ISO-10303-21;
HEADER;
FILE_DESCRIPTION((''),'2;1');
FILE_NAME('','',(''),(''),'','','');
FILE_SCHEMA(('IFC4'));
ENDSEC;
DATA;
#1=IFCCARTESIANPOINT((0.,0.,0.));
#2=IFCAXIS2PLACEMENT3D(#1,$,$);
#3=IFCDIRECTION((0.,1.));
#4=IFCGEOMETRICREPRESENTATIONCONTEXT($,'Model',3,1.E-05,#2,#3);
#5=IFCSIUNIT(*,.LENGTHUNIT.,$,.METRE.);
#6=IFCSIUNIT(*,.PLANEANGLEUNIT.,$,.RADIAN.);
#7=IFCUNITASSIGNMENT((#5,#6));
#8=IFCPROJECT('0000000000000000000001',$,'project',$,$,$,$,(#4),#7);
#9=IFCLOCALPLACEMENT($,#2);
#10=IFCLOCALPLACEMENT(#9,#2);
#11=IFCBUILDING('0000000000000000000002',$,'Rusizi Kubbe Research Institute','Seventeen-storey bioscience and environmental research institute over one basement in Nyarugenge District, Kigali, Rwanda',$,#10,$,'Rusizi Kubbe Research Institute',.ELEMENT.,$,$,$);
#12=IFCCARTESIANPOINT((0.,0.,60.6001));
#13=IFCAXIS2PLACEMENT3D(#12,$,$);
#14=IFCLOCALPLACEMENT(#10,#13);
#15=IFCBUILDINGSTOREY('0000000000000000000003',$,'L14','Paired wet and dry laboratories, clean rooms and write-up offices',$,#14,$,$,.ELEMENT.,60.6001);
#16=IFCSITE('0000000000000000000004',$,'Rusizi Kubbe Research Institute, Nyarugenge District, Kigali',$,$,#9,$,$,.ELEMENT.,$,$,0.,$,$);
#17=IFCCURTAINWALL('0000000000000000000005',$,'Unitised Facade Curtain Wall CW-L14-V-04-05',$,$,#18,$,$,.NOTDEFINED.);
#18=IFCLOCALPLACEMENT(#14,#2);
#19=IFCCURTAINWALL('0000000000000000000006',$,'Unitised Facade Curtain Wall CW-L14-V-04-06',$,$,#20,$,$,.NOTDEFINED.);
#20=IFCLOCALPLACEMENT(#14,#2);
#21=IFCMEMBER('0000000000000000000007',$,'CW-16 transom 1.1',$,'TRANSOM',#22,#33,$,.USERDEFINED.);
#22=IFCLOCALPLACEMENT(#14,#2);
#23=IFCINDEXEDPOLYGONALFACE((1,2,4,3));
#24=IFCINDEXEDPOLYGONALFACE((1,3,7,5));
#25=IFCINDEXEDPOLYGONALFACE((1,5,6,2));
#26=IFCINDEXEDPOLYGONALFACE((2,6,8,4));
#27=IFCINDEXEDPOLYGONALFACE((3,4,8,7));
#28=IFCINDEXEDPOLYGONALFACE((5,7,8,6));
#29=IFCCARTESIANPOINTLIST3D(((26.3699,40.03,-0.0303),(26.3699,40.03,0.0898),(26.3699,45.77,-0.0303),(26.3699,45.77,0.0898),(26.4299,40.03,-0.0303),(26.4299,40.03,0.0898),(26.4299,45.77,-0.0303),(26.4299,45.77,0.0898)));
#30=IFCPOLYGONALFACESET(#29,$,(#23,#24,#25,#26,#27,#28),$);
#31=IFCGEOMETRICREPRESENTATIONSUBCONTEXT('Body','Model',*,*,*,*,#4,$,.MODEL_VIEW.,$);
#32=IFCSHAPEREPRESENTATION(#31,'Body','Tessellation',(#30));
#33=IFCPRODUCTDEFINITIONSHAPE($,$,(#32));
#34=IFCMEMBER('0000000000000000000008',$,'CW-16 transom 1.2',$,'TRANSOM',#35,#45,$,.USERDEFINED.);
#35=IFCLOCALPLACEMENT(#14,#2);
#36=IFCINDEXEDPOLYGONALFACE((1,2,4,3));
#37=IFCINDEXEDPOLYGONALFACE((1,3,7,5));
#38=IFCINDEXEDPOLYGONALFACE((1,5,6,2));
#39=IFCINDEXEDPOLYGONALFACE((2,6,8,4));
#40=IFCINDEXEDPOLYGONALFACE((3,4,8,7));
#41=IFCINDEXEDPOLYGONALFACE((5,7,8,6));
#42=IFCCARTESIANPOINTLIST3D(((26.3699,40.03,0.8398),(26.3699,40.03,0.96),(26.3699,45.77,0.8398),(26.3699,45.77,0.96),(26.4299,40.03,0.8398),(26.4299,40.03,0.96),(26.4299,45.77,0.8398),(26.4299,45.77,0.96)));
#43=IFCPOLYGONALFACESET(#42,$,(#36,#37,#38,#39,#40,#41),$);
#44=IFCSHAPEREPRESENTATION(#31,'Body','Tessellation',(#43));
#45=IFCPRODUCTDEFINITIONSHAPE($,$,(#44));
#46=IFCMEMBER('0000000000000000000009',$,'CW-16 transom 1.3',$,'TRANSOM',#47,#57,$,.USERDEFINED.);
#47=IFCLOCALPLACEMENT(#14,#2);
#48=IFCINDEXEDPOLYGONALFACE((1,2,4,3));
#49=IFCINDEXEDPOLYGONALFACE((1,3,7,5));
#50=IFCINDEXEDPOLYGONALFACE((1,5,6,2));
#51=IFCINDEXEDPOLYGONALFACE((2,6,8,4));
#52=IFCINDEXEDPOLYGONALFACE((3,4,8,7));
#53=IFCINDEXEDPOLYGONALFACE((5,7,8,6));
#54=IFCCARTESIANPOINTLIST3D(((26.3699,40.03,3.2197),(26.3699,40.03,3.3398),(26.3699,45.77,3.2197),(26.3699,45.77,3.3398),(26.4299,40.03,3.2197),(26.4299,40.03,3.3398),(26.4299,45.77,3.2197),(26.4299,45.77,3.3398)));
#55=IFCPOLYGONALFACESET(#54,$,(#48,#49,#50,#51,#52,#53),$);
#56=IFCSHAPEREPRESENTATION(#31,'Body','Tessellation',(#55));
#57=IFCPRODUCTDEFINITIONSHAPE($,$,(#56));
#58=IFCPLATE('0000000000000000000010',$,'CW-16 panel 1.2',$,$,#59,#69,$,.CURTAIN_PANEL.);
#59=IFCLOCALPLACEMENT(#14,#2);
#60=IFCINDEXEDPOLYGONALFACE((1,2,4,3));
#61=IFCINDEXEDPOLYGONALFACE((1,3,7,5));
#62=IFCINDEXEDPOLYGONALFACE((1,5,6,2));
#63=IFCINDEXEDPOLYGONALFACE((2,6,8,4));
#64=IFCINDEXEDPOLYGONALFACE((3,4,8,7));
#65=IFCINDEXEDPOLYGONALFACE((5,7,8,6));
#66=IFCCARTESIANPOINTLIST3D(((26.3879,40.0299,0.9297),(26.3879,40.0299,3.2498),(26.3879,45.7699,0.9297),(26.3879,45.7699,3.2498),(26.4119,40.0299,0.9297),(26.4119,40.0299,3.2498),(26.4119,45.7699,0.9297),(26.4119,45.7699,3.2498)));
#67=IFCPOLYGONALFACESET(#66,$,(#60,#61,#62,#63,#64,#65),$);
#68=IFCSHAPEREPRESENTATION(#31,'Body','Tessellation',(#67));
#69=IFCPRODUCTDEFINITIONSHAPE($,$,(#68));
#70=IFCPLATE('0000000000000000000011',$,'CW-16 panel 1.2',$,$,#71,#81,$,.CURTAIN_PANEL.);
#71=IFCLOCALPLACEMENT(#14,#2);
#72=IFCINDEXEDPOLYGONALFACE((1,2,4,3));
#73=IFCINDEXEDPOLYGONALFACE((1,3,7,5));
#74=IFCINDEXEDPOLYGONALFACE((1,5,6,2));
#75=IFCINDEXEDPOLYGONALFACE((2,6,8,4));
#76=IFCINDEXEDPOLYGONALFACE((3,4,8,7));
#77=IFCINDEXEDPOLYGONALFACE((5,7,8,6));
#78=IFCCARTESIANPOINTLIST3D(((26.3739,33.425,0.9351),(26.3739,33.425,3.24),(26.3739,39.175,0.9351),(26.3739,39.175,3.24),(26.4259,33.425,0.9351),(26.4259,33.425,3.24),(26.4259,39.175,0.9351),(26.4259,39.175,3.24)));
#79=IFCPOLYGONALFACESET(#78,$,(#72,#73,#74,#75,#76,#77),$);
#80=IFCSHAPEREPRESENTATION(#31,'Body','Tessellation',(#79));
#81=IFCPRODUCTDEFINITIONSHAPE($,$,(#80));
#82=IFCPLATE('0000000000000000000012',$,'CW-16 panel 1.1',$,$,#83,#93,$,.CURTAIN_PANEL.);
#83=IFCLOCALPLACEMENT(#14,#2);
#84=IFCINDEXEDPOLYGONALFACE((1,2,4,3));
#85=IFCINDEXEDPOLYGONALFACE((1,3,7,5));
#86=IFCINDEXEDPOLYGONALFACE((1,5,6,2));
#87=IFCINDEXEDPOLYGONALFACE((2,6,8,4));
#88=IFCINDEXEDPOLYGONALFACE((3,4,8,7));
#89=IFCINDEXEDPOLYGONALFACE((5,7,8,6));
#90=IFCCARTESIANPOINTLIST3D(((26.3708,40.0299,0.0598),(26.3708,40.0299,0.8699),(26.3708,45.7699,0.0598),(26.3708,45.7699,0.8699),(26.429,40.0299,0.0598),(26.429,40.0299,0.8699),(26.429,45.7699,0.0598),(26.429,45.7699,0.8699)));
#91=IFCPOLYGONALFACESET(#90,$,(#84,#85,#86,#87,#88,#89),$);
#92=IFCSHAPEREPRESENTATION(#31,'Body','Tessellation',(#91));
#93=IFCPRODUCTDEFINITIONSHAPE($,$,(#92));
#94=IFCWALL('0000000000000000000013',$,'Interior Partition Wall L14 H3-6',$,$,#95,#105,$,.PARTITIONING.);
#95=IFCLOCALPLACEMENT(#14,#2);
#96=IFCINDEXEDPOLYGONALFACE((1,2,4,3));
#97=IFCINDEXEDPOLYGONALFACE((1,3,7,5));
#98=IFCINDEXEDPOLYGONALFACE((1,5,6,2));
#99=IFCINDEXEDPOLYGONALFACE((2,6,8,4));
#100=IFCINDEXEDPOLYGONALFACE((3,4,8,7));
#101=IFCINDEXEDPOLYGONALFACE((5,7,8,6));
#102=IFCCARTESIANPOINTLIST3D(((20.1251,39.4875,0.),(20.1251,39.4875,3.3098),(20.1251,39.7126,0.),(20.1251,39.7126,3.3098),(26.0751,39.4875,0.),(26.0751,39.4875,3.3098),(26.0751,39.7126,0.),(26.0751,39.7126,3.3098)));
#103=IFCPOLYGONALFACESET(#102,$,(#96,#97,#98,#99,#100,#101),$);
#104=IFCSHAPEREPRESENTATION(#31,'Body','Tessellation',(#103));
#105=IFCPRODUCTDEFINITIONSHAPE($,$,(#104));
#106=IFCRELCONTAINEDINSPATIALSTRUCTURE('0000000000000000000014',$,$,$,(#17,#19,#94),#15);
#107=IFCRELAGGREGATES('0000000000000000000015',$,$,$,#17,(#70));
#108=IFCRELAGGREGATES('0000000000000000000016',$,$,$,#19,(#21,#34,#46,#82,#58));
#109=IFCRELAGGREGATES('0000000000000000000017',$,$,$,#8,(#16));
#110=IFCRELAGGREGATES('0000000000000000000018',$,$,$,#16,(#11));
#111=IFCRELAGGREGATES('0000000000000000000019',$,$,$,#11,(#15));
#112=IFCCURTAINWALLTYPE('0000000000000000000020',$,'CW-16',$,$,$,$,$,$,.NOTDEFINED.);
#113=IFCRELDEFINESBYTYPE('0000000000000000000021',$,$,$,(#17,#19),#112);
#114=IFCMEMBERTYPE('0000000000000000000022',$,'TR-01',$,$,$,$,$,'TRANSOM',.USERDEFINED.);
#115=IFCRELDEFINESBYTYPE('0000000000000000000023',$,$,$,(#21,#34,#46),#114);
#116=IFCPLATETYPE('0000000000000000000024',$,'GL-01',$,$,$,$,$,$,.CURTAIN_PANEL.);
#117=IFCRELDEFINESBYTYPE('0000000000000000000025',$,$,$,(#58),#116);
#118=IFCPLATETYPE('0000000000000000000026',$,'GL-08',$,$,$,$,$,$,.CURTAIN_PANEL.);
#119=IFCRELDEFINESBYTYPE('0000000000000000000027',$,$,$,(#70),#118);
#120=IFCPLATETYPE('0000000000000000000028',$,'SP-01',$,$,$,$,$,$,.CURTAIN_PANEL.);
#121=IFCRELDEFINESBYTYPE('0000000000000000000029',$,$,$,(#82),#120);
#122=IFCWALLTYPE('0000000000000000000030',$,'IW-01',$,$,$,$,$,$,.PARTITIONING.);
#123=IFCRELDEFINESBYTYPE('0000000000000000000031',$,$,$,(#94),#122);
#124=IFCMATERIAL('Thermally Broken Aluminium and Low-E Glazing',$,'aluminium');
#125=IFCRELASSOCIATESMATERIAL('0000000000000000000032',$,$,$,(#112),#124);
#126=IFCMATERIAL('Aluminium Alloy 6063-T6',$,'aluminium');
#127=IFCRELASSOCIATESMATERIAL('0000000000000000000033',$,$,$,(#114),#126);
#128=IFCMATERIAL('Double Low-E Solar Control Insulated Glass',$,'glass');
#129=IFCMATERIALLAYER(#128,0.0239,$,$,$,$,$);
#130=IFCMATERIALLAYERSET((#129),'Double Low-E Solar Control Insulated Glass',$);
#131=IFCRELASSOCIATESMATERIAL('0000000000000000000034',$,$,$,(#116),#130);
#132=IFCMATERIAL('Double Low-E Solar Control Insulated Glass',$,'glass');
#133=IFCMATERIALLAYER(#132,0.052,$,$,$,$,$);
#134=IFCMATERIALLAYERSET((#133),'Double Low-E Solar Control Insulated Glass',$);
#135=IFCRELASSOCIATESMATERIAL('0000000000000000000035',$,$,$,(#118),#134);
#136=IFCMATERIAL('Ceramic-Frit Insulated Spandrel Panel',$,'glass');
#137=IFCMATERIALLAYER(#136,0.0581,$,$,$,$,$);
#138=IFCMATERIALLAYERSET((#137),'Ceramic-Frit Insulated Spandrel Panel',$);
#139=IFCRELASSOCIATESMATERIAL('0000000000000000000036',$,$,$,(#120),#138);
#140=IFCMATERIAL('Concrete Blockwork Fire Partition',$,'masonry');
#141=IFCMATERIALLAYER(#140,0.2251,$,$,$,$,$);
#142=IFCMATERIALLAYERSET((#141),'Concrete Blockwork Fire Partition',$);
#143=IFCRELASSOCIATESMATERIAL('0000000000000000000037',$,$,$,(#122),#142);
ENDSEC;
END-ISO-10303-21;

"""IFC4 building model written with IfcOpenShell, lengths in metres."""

from ifc_helpers import new_model, si_unit, direction, frame, frame_2d, origin, origin_2d, place, context, subcontext, project, spatial, rectangle, extrude, material, layer, layer_set, material_profile, profile_set, type_object, element, aggregate, save


model = new_model("IFC4")

# Units and contexts
model_context = context("Model", 3, precision=1e-05, world=origin(), true_north=direction((0.0, 1.0)))
body_context = subcontext(model_context, "Body", "Model", "MODEL_VIEW")
ifc_project = project(units=[si_unit("LENGTHUNIT", "METRE"), si_unit("PLANEANGLEUNIT", "RADIAN")], contexts=[model_context])

# Site, building, storey
site_placement = place(None, origin())
site = spatial("IfcSite", under=ifc_project, at=site_placement, Name="Rusizi Kubbe Research Institute, Nyarugenge District, Kigali", CompositionType="ELEMENT", RefElevation=0.0)
building_placement = place(site_placement, origin())
building = spatial("IfcBuilding", under=site, at=building_placement, Name="Rusizi Kubbe Research Institute", Description="Seventeen-storey bioscience and environmental research institute over one basement in Nyarugenge District, Kigali, Rwanda", LongName="Rusizi Kubbe Research Institute", CompositionType="ELEMENT")
storey_placement = place(building_placement, frame((0.0, 0.0, 60.6001)))
storey = spatial("IfcBuildingStorey", under=building, at=storey_placement, Name="L14", Description="Paired wet and dry laboratories, clean rooms and write-up offices", CompositionType="ELEMENT", Elevation=60.6001)

# Curtain wall
ifc_material_1 = material(Name="Thermally Broken Aluminium and Low-E Glazing", Category="aluminium")
curtain_wall_type = type_object("IfcCurtainWallType", Name="CW-16", PredefinedType="NOTDEFINED", material=ifc_material_1)
curtain_wall_1_placement = place(storey_placement, origin())
curtain_wall_1 = element("IfcCurtainWall", 1, at=curtain_wall_1_placement, inside=storey, type_object=curtain_wall_type, Name="Unitised Facade Curtain Wall CW-L14-V-04-05", PredefinedType="NOTDEFINED")

# Curtain wall, members, plate
curtain_wall_2_placement = place(storey_placement, origin())
curtain_wall_2 = element("IfcCurtainWall", 2, at=curtain_wall_2_placement, inside=storey, type_object=curtain_wall_type, Name="Unitised Facade Curtain Wall CW-L14-V-04-06", PredefinedType="NOTDEFINED")
ifc_material_2 = material(Name="Aluminium Alloy 6063-T6", Category="aluminium")
ifc_material_profile_1 = material_profile(ifc_material_2, rectangle(XDim=0.0601, YDim=0.1201, at=origin_2d()), Name="ALU-T 60x120")
ifc_profile_set_1 = profile_set([ifc_material_profile_1], Name="Aluminium Alloy 6063-T6")
member_type_1 = type_object("IfcMemberType", Name="TR-01", ElementType="TRANSOM", PredefinedType="USERDEFINED", material=ifc_profile_set_1)
member_1_placement = place(storey_placement, frame((26.3999, 40.03, 0.0298), z_axis=(0.0, 1.0, 0.0), x_axis=(-1.0, 0.0, 0.0)))
member_1 = element("IfcMember", 3, at=member_1_placement, type_object=member_type_1, Name="CW-16 transom 1.1", ObjectType="TRANSOM", PredefinedType="USERDEFINED", context=body_context, shape_type="SweptSolid", body=[
    extrude(rectangle(XDim=0.0601, YDim=0.1201, at=origin_2d()), origin(), (0.0, 0.0, 1.0), 5.74),
])
member_2_placement = place(storey_placement, frame((26.3999, 40.03, 0.8999), z_axis=(0.0, 1.0, 0.0), x_axis=(-1.0, 0.0, 0.0)))
member_2 = element("IfcMember", 4, at=member_2_placement, type_object=member_type_1, Name="CW-16 transom 1.2", ObjectType="TRANSOM", PredefinedType="USERDEFINED", context=body_context, shape_type="SweptSolid", body=[
    extrude(rectangle(XDim=0.0601, YDim=0.1201, at=origin_2d()), origin(), (0.0, 0.0, 1.0), 5.74),
])
member_3_placement = place(storey_placement, frame((26.3999, 40.03, 3.2798), z_axis=(0.0, 1.0, 0.0), x_axis=(-1.0, 0.0, 0.0)))
member_3 = element("IfcMember", 5, at=member_3_placement, type_object=member_type_1, Name="CW-16 transom 1.3", ObjectType="TRANSOM", PredefinedType="USERDEFINED", context=body_context, shape_type="SweptSolid", body=[
    extrude(rectangle(XDim=0.0601, YDim=0.1201, at=origin_2d()), origin(), (0.0, 0.0, 1.0), 5.74),
])
ifc_material_3 = material(Name="Double Low-E Solar Control Insulated Glass", Category="glass")
ifc_layer_1 = layer(ifc_material_3, 0.0239)
ifc_layer_set_1 = layer_set([ifc_layer_1], Name="Double Low-E Solar Control Insulated Glass")
plate_type_1 = type_object("IfcPlateType", Name="GL-01", PredefinedType="CURTAIN_PANEL", material=ifc_layer_set_1)
plate_1_placement = place(storey_placement, frame((26.3999, 42.8999, 0.9297), z_axis=(0.0, 0.0, 1.0), x_axis=(0.0, 1.0, 0.0)))
plate_1 = element("IfcPlate", 6, at=plate_1_placement, type_object=plate_type_1, Name="CW-16 panel 1.2", PredefinedType="CURTAIN_PANEL", context=body_context, shape_type="SweptSolid", body=[
    extrude(rectangle(XDim=5.74, YDim=0.0239, at=origin_2d()), origin(), (0.0, 0.0, 1.0), 2.3201),
])

# Plates
ifc_material_4 = material(Name="Double Low-E Solar Control Insulated Glass", Category="glass")
ifc_layer_2 = layer(ifc_material_4, 0.052)
ifc_layer_set_2 = layer_set([ifc_layer_2], Name="Double Low-E Solar Control Insulated Glass")
plate_type_2 = type_object("IfcPlateType", Name="GL-08", PredefinedType="CURTAIN_PANEL", material=ifc_layer_set_2)
plate_2_placement = place(storey_placement, frame((26.3999, 36.3, 0.9351), z_axis=(0.0, 0.0, 1.0), x_axis=(0.0, 1.0, 0.0)))
plate_2 = element("IfcPlate", 7, at=plate_2_placement, type_object=plate_type_2, Name="CW-16 panel 1.2", PredefinedType="CURTAIN_PANEL", context=body_context, shape_type="SweptSolid", body=[
    extrude(rectangle(XDim=5.75, YDim=0.052, at=origin_2d()), origin(), (0.0, 0.0, 1.0), 2.3049),
])
aggregate(curtain_wall_1, [plate_2])
ifc_material_5 = material(Name="Ceramic-Frit Insulated Spandrel Panel", Category="glass")
ifc_layer_3 = layer(ifc_material_5, 0.0581)
ifc_layer_set_3 = layer_set([ifc_layer_3], Name="Ceramic-Frit Insulated Spandrel Panel")
plate_type_3 = type_object("IfcPlateType", Name="SP-01", PredefinedType="CURTAIN_PANEL", material=ifc_layer_set_3)
plate_3_placement = place(storey_placement, frame((26.3999, 42.8999, 0.0598), z_axis=(0.0, 0.0, 1.0), x_axis=(0.0, 1.0, 0.0)))
plate_3 = element("IfcPlate", 8, at=plate_3_placement, type_object=plate_type_3, Name="CW-16 panel 1.1", PredefinedType="CURTAIN_PANEL", context=body_context, shape_type="SweptSolid", body=[
    extrude(rectangle(XDim=5.74, YDim=0.0581, at=origin_2d()), origin(), (0.0, 0.0, 1.0), 0.8101),
])
aggregate(curtain_wall_2, [member_1, member_2, member_3, plate_3, plate_1])

# Wall
ifc_material_6 = material(Name="Concrete Blockwork Fire Partition", Category="masonry")
ifc_layer_4 = layer(ifc_material_6, 0.2251)
ifc_layer_set_4 = layer_set([ifc_layer_4], Name="Concrete Blockwork Fire Partition")
wall_type = type_object("IfcWallType", Name="IW-01", PredefinedType="PARTITIONING", material=ifc_layer_set_4)
wall_placement = place(storey_placement, frame((20.125, 39.6001, 0.0), z_axis=(0.0, 0.0, 1.0), x_axis=(1.0, 0.0, 0.0)))
element("IfcWall", 9, at=wall_placement, inside=storey, type_object=wall_type, Name="Interior Partition Wall L14 H3-6", PredefinedType="PARTITIONING", context=body_context, shape_type="SweptSolid", body=[
    extrude(rectangle(XDim=5.95, YDim=0.2251, at=frame_2d((2.9751, 0.0))), origin(), (0.0, 0.0, 1.0), 3.3098),
])

save(model, "model.ifc")
